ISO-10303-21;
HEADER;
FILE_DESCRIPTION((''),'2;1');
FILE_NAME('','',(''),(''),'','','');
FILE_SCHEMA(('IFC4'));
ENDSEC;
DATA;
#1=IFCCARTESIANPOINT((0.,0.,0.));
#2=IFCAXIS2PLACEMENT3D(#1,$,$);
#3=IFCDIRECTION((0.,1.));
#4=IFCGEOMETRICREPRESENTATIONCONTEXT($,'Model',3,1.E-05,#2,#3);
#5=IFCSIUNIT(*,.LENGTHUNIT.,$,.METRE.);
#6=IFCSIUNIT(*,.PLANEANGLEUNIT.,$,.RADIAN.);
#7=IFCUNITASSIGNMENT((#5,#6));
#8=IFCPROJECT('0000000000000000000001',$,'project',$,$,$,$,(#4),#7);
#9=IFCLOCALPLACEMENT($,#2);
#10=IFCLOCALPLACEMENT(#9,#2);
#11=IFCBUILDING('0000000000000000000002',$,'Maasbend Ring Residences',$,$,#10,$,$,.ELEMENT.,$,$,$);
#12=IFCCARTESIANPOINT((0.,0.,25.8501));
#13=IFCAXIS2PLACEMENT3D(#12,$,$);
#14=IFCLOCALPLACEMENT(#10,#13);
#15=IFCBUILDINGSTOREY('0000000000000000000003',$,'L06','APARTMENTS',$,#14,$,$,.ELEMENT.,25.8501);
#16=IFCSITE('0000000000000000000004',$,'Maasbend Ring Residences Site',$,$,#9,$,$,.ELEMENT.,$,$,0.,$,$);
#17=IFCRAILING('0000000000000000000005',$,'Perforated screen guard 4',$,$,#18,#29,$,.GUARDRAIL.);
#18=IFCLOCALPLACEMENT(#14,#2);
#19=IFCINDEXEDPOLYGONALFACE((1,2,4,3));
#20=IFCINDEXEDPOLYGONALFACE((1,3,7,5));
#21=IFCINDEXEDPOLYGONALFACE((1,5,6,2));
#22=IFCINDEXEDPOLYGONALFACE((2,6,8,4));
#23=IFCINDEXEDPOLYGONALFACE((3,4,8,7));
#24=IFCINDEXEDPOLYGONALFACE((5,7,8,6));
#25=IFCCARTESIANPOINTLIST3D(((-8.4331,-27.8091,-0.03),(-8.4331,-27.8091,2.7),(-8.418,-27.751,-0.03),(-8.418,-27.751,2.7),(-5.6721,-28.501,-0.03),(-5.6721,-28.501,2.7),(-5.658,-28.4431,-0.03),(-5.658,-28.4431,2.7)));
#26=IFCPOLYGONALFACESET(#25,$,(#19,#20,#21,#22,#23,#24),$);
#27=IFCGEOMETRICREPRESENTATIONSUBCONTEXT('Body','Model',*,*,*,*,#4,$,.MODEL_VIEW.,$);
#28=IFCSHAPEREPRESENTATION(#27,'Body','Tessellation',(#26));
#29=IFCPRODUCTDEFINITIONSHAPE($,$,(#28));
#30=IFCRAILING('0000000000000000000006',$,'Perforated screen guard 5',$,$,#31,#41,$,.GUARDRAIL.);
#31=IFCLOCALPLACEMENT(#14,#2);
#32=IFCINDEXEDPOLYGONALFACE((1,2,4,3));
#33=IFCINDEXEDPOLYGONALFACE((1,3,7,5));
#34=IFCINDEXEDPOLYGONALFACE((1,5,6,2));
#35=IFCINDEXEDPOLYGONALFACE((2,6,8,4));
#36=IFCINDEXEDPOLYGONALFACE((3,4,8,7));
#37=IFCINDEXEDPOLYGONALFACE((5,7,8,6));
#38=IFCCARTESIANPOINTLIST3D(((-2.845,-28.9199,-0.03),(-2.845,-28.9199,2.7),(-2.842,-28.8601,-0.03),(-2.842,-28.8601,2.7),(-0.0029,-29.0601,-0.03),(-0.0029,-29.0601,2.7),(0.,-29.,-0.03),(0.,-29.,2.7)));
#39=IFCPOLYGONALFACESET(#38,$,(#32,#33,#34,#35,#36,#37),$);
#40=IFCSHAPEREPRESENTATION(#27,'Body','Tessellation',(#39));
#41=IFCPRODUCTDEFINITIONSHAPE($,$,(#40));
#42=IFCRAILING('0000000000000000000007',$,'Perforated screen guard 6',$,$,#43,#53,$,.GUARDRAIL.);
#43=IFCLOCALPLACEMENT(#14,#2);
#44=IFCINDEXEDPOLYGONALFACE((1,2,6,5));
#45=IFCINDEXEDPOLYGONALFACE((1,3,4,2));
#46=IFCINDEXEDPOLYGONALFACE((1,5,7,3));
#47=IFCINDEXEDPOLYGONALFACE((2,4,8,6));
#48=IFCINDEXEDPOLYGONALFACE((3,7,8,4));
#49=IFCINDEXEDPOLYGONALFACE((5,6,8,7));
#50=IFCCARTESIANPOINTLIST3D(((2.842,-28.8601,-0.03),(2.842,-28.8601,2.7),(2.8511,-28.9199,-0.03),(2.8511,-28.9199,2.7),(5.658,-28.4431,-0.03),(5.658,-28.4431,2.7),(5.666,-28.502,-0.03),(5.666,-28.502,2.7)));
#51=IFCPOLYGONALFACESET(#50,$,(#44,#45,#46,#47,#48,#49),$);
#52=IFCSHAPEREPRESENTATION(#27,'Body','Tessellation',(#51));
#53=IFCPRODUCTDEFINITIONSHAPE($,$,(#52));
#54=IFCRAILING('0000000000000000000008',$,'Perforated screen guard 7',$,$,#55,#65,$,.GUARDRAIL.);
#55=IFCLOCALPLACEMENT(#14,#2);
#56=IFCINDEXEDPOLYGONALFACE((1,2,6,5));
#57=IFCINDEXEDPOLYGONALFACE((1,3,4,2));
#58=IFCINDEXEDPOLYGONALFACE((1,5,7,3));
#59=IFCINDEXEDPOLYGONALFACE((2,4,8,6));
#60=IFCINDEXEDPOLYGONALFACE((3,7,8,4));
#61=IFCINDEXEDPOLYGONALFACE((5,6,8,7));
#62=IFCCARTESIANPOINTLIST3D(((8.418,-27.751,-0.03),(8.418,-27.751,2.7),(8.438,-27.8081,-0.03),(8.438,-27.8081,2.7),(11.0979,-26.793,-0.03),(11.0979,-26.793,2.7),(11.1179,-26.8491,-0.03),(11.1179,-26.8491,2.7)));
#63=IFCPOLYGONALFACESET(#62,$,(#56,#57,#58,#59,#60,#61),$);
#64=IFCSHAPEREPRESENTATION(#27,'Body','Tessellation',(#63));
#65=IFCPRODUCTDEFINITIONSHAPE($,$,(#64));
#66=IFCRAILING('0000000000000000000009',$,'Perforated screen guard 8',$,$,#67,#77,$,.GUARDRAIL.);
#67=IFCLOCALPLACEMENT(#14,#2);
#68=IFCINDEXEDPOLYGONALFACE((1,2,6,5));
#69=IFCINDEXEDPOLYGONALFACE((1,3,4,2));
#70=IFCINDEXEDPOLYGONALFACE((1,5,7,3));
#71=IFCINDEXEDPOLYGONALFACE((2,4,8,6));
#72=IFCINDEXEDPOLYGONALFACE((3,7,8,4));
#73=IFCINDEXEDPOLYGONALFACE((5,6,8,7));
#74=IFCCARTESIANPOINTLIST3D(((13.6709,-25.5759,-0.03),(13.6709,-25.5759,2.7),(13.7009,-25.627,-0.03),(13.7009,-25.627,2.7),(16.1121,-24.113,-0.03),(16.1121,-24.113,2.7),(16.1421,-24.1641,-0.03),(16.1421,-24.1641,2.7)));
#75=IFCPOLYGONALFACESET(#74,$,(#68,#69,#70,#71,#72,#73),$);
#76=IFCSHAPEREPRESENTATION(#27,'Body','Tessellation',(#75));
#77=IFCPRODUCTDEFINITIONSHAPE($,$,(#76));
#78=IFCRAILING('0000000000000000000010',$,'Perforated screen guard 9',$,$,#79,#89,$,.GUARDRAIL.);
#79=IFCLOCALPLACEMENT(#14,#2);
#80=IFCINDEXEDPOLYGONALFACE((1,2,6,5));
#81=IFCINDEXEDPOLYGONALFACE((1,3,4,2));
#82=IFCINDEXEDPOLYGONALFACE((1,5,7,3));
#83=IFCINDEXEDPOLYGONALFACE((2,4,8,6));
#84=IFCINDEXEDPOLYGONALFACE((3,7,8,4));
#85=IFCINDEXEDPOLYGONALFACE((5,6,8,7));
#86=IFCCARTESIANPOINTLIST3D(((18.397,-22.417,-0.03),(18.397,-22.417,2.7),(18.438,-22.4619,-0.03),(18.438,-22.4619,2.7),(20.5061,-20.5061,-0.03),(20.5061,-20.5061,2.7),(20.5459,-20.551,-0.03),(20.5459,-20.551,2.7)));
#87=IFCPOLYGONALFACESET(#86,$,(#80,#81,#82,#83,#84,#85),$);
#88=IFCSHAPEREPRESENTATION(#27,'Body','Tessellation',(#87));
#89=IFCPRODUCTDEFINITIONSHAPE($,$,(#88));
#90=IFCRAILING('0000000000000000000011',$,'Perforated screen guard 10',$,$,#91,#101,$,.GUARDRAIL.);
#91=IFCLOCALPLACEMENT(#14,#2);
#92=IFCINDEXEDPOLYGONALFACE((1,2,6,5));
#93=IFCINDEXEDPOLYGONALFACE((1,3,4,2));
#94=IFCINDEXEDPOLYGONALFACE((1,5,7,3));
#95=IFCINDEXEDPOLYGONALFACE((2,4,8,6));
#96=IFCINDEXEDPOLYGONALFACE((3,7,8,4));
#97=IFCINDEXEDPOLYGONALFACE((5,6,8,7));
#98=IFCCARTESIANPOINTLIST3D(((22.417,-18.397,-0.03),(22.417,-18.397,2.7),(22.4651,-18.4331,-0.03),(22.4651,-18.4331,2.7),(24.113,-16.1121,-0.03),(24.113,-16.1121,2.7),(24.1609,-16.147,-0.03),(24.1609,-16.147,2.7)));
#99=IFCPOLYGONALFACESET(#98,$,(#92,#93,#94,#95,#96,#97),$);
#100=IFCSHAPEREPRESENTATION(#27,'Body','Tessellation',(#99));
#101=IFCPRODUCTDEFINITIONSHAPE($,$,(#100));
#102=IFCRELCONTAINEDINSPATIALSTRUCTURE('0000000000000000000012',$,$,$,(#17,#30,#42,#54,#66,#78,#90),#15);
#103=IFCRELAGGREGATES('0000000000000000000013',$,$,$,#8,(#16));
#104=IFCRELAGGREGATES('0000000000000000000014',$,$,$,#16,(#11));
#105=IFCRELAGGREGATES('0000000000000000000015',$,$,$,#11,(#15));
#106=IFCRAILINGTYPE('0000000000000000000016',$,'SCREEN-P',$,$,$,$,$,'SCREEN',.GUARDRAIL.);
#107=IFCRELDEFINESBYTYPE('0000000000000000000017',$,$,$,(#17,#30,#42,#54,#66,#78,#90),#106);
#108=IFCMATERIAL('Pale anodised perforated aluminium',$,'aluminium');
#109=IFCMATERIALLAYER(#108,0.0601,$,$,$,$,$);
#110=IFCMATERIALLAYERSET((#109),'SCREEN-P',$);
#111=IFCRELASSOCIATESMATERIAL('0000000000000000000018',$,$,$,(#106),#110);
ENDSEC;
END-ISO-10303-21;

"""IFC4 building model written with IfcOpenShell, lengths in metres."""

from ifc_helpers import new_model, si_unit, direction, frame, origin, place, context, subcontext, project, spatial, polyline, outline, extrude, material, layer, layer_set, type_object, element, save


model = new_model("IFC4")

# Units and contexts
model_context = context("Model", 3, precision=1e-05, world=origin(), true_north=direction((0.0, 1.0)))
body_context = subcontext(model_context, "Body", "Model", "MODEL_VIEW")
ifc_project = project(units=[si_unit("LENGTHUNIT", "METRE"), si_unit("PLANEANGLEUNIT", "RADIAN")], contexts=[model_context])

# Site, building, storey
site_placement = place(None, origin())
site = spatial("IfcSite", under=ifc_project, at=site_placement, Name="Maasbend Ring Residences Site", CompositionType="ELEMENT", RefElevation=0.0)
building_placement = place(site_placement, origin())
building = spatial("IfcBuilding", under=site, at=building_placement, Name="Maasbend Ring Residences", CompositionType="ELEMENT")
storey_placement = place(building_placement, frame((0.0, 0.0, 25.8501)))
storey = spatial("IfcBuildingStorey", under=building, at=storey_placement, Name="L06", Description="APARTMENTS", CompositionType="ELEMENT", Elevation=25.8501)

# Railings
ifc_material_1 = material(Name="Pale anodised perforated aluminium", Category="aluminium")
ifc_layer_1 = layer(ifc_material_1, 0.0601)
ifc_layer_set_1 = layer_set([ifc_layer_1], Name="SCREEN-P")
railing_type = type_object("IfcRailingType", Name="SCREEN-P", ElementType="SCREEN", PredefinedType="GUARDRAIL", material=ifc_layer_set_1)
railing_1_placement = place(storey_placement, frame((0.0, 0.0, -0.03)))
element("IfcRailing", 1, at=railing_1_placement, inside=storey, type_object=railing_type, Name="Perforated screen guard 4", PredefinedType="GUARDRAIL", context=body_context, shape_type="SweptSolid", body=[
    extrude(outline(polyline([(-8.418, -27.751), (-5.658, -28.4431), (-5.6721, -28.501), (-8.4331, -27.8091), (-8.418, -27.751)])), origin(), (0.0, 0.0, 1.0), 2.73),
])
railing_2_placement = place(storey_placement, frame((0.0, 0.0, -0.03)))
element("IfcRailing", 2, at=railing_2_placement, inside=storey, type_object=railing_type, Name="Perforated screen guard 5", PredefinedType="GUARDRAIL", context=body_context, shape_type="SweptSolid", body=[
    extrude(outline(polyline([(-2.842, -28.8601), (0.0, -29.0), (-0.0029, -29.0601), (-2.845, -28.9199), (-2.842, -28.8601)])), origin(), (0.0, 0.0, 1.0), 2.73),
])
railing_3_placement = place(storey_placement, frame((0.0, 0.0, -0.03)))
element("IfcRailing", 3, at=railing_3_placement, inside=storey, type_object=railing_type, Name="Perforated screen guard 6", PredefinedType="GUARDRAIL", context=body_context, shape_type="SweptSolid", body=[
    extrude(outline(polyline([(2.842, -28.8601), (5.658, -28.4431), (5.666, -28.502), (2.8511, -28.9199), (2.842, -28.8601)])), origin(), (0.0, 0.0, 1.0), 2.73),
])
railing_4_placement = place(storey_placement, frame((0.0, 0.0, -0.03)))
element("IfcRailing", 4, at=railing_4_placement, inside=storey, type_object=railing_type, Name="Perforated screen guard 7", PredefinedType="GUARDRAIL", context=body_context, shape_type="SweptSolid", body=[
    extrude(outline(polyline([(8.418, -27.751), (11.0979, -26.793), (11.1179, -26.8491), (8.438, -27.8081), (8.418, -27.751)])), origin(), (0.0, 0.0, 1.0), 2.73),
])
railing_5_placement = place(storey_placement, frame((0.0, 0.0, -0.03)))
element("IfcRailing", 5, at=railing_5_placement, inside=storey, type_object=railing_type, Name="Perforated screen guard 8", PredefinedType="GUARDRAIL", context=body_context, shape_type="SweptSolid", body=[
    extrude(outline(polyline([(13.6709, -25.5759), (16.1121, -24.113), (16.1421, -24.1641), (13.7009, -25.627), (13.6709, -25.5759)])), origin(), (0.0, 0.0, 1.0), 2.73),
])
railing_6_placement = place(storey_placement, frame((0.0, 0.0, -0.03)))
element("IfcRailing", 6, at=railing_6_placement, inside=storey, type_object=railing_type, Name="Perforated screen guard 9", PredefinedType="GUARDRAIL", context=body_context, shape_type="SweptSolid", body=[
    extrude(outline(polyline([(18.397, -22.417), (20.5061, -20.5061), (20.5459, -20.551), (18.438, -22.4619), (18.397, -22.417)])), origin(), (0.0, 0.0, 1.0), 2.73),
])
railing_7_placement = place(storey_placement, frame((0.0, 0.0, -0.03)))
element("IfcRailing", 7, at=railing_7_placement, inside=storey, type_object=railing_type, Name="Perforated screen guard 10", PredefinedType="GUARDRAIL", context=body_context, shape_type="SweptSolid", body=[
    extrude(outline(polyline([(22.417, -18.397), (24.113, -16.1121), (24.1609, -16.147), (22.4651, -18.4331), (22.417, -18.397)])), origin(), (0.0, 0.0, 1.0), 2.73),
])

save(model, "model.ifc")
